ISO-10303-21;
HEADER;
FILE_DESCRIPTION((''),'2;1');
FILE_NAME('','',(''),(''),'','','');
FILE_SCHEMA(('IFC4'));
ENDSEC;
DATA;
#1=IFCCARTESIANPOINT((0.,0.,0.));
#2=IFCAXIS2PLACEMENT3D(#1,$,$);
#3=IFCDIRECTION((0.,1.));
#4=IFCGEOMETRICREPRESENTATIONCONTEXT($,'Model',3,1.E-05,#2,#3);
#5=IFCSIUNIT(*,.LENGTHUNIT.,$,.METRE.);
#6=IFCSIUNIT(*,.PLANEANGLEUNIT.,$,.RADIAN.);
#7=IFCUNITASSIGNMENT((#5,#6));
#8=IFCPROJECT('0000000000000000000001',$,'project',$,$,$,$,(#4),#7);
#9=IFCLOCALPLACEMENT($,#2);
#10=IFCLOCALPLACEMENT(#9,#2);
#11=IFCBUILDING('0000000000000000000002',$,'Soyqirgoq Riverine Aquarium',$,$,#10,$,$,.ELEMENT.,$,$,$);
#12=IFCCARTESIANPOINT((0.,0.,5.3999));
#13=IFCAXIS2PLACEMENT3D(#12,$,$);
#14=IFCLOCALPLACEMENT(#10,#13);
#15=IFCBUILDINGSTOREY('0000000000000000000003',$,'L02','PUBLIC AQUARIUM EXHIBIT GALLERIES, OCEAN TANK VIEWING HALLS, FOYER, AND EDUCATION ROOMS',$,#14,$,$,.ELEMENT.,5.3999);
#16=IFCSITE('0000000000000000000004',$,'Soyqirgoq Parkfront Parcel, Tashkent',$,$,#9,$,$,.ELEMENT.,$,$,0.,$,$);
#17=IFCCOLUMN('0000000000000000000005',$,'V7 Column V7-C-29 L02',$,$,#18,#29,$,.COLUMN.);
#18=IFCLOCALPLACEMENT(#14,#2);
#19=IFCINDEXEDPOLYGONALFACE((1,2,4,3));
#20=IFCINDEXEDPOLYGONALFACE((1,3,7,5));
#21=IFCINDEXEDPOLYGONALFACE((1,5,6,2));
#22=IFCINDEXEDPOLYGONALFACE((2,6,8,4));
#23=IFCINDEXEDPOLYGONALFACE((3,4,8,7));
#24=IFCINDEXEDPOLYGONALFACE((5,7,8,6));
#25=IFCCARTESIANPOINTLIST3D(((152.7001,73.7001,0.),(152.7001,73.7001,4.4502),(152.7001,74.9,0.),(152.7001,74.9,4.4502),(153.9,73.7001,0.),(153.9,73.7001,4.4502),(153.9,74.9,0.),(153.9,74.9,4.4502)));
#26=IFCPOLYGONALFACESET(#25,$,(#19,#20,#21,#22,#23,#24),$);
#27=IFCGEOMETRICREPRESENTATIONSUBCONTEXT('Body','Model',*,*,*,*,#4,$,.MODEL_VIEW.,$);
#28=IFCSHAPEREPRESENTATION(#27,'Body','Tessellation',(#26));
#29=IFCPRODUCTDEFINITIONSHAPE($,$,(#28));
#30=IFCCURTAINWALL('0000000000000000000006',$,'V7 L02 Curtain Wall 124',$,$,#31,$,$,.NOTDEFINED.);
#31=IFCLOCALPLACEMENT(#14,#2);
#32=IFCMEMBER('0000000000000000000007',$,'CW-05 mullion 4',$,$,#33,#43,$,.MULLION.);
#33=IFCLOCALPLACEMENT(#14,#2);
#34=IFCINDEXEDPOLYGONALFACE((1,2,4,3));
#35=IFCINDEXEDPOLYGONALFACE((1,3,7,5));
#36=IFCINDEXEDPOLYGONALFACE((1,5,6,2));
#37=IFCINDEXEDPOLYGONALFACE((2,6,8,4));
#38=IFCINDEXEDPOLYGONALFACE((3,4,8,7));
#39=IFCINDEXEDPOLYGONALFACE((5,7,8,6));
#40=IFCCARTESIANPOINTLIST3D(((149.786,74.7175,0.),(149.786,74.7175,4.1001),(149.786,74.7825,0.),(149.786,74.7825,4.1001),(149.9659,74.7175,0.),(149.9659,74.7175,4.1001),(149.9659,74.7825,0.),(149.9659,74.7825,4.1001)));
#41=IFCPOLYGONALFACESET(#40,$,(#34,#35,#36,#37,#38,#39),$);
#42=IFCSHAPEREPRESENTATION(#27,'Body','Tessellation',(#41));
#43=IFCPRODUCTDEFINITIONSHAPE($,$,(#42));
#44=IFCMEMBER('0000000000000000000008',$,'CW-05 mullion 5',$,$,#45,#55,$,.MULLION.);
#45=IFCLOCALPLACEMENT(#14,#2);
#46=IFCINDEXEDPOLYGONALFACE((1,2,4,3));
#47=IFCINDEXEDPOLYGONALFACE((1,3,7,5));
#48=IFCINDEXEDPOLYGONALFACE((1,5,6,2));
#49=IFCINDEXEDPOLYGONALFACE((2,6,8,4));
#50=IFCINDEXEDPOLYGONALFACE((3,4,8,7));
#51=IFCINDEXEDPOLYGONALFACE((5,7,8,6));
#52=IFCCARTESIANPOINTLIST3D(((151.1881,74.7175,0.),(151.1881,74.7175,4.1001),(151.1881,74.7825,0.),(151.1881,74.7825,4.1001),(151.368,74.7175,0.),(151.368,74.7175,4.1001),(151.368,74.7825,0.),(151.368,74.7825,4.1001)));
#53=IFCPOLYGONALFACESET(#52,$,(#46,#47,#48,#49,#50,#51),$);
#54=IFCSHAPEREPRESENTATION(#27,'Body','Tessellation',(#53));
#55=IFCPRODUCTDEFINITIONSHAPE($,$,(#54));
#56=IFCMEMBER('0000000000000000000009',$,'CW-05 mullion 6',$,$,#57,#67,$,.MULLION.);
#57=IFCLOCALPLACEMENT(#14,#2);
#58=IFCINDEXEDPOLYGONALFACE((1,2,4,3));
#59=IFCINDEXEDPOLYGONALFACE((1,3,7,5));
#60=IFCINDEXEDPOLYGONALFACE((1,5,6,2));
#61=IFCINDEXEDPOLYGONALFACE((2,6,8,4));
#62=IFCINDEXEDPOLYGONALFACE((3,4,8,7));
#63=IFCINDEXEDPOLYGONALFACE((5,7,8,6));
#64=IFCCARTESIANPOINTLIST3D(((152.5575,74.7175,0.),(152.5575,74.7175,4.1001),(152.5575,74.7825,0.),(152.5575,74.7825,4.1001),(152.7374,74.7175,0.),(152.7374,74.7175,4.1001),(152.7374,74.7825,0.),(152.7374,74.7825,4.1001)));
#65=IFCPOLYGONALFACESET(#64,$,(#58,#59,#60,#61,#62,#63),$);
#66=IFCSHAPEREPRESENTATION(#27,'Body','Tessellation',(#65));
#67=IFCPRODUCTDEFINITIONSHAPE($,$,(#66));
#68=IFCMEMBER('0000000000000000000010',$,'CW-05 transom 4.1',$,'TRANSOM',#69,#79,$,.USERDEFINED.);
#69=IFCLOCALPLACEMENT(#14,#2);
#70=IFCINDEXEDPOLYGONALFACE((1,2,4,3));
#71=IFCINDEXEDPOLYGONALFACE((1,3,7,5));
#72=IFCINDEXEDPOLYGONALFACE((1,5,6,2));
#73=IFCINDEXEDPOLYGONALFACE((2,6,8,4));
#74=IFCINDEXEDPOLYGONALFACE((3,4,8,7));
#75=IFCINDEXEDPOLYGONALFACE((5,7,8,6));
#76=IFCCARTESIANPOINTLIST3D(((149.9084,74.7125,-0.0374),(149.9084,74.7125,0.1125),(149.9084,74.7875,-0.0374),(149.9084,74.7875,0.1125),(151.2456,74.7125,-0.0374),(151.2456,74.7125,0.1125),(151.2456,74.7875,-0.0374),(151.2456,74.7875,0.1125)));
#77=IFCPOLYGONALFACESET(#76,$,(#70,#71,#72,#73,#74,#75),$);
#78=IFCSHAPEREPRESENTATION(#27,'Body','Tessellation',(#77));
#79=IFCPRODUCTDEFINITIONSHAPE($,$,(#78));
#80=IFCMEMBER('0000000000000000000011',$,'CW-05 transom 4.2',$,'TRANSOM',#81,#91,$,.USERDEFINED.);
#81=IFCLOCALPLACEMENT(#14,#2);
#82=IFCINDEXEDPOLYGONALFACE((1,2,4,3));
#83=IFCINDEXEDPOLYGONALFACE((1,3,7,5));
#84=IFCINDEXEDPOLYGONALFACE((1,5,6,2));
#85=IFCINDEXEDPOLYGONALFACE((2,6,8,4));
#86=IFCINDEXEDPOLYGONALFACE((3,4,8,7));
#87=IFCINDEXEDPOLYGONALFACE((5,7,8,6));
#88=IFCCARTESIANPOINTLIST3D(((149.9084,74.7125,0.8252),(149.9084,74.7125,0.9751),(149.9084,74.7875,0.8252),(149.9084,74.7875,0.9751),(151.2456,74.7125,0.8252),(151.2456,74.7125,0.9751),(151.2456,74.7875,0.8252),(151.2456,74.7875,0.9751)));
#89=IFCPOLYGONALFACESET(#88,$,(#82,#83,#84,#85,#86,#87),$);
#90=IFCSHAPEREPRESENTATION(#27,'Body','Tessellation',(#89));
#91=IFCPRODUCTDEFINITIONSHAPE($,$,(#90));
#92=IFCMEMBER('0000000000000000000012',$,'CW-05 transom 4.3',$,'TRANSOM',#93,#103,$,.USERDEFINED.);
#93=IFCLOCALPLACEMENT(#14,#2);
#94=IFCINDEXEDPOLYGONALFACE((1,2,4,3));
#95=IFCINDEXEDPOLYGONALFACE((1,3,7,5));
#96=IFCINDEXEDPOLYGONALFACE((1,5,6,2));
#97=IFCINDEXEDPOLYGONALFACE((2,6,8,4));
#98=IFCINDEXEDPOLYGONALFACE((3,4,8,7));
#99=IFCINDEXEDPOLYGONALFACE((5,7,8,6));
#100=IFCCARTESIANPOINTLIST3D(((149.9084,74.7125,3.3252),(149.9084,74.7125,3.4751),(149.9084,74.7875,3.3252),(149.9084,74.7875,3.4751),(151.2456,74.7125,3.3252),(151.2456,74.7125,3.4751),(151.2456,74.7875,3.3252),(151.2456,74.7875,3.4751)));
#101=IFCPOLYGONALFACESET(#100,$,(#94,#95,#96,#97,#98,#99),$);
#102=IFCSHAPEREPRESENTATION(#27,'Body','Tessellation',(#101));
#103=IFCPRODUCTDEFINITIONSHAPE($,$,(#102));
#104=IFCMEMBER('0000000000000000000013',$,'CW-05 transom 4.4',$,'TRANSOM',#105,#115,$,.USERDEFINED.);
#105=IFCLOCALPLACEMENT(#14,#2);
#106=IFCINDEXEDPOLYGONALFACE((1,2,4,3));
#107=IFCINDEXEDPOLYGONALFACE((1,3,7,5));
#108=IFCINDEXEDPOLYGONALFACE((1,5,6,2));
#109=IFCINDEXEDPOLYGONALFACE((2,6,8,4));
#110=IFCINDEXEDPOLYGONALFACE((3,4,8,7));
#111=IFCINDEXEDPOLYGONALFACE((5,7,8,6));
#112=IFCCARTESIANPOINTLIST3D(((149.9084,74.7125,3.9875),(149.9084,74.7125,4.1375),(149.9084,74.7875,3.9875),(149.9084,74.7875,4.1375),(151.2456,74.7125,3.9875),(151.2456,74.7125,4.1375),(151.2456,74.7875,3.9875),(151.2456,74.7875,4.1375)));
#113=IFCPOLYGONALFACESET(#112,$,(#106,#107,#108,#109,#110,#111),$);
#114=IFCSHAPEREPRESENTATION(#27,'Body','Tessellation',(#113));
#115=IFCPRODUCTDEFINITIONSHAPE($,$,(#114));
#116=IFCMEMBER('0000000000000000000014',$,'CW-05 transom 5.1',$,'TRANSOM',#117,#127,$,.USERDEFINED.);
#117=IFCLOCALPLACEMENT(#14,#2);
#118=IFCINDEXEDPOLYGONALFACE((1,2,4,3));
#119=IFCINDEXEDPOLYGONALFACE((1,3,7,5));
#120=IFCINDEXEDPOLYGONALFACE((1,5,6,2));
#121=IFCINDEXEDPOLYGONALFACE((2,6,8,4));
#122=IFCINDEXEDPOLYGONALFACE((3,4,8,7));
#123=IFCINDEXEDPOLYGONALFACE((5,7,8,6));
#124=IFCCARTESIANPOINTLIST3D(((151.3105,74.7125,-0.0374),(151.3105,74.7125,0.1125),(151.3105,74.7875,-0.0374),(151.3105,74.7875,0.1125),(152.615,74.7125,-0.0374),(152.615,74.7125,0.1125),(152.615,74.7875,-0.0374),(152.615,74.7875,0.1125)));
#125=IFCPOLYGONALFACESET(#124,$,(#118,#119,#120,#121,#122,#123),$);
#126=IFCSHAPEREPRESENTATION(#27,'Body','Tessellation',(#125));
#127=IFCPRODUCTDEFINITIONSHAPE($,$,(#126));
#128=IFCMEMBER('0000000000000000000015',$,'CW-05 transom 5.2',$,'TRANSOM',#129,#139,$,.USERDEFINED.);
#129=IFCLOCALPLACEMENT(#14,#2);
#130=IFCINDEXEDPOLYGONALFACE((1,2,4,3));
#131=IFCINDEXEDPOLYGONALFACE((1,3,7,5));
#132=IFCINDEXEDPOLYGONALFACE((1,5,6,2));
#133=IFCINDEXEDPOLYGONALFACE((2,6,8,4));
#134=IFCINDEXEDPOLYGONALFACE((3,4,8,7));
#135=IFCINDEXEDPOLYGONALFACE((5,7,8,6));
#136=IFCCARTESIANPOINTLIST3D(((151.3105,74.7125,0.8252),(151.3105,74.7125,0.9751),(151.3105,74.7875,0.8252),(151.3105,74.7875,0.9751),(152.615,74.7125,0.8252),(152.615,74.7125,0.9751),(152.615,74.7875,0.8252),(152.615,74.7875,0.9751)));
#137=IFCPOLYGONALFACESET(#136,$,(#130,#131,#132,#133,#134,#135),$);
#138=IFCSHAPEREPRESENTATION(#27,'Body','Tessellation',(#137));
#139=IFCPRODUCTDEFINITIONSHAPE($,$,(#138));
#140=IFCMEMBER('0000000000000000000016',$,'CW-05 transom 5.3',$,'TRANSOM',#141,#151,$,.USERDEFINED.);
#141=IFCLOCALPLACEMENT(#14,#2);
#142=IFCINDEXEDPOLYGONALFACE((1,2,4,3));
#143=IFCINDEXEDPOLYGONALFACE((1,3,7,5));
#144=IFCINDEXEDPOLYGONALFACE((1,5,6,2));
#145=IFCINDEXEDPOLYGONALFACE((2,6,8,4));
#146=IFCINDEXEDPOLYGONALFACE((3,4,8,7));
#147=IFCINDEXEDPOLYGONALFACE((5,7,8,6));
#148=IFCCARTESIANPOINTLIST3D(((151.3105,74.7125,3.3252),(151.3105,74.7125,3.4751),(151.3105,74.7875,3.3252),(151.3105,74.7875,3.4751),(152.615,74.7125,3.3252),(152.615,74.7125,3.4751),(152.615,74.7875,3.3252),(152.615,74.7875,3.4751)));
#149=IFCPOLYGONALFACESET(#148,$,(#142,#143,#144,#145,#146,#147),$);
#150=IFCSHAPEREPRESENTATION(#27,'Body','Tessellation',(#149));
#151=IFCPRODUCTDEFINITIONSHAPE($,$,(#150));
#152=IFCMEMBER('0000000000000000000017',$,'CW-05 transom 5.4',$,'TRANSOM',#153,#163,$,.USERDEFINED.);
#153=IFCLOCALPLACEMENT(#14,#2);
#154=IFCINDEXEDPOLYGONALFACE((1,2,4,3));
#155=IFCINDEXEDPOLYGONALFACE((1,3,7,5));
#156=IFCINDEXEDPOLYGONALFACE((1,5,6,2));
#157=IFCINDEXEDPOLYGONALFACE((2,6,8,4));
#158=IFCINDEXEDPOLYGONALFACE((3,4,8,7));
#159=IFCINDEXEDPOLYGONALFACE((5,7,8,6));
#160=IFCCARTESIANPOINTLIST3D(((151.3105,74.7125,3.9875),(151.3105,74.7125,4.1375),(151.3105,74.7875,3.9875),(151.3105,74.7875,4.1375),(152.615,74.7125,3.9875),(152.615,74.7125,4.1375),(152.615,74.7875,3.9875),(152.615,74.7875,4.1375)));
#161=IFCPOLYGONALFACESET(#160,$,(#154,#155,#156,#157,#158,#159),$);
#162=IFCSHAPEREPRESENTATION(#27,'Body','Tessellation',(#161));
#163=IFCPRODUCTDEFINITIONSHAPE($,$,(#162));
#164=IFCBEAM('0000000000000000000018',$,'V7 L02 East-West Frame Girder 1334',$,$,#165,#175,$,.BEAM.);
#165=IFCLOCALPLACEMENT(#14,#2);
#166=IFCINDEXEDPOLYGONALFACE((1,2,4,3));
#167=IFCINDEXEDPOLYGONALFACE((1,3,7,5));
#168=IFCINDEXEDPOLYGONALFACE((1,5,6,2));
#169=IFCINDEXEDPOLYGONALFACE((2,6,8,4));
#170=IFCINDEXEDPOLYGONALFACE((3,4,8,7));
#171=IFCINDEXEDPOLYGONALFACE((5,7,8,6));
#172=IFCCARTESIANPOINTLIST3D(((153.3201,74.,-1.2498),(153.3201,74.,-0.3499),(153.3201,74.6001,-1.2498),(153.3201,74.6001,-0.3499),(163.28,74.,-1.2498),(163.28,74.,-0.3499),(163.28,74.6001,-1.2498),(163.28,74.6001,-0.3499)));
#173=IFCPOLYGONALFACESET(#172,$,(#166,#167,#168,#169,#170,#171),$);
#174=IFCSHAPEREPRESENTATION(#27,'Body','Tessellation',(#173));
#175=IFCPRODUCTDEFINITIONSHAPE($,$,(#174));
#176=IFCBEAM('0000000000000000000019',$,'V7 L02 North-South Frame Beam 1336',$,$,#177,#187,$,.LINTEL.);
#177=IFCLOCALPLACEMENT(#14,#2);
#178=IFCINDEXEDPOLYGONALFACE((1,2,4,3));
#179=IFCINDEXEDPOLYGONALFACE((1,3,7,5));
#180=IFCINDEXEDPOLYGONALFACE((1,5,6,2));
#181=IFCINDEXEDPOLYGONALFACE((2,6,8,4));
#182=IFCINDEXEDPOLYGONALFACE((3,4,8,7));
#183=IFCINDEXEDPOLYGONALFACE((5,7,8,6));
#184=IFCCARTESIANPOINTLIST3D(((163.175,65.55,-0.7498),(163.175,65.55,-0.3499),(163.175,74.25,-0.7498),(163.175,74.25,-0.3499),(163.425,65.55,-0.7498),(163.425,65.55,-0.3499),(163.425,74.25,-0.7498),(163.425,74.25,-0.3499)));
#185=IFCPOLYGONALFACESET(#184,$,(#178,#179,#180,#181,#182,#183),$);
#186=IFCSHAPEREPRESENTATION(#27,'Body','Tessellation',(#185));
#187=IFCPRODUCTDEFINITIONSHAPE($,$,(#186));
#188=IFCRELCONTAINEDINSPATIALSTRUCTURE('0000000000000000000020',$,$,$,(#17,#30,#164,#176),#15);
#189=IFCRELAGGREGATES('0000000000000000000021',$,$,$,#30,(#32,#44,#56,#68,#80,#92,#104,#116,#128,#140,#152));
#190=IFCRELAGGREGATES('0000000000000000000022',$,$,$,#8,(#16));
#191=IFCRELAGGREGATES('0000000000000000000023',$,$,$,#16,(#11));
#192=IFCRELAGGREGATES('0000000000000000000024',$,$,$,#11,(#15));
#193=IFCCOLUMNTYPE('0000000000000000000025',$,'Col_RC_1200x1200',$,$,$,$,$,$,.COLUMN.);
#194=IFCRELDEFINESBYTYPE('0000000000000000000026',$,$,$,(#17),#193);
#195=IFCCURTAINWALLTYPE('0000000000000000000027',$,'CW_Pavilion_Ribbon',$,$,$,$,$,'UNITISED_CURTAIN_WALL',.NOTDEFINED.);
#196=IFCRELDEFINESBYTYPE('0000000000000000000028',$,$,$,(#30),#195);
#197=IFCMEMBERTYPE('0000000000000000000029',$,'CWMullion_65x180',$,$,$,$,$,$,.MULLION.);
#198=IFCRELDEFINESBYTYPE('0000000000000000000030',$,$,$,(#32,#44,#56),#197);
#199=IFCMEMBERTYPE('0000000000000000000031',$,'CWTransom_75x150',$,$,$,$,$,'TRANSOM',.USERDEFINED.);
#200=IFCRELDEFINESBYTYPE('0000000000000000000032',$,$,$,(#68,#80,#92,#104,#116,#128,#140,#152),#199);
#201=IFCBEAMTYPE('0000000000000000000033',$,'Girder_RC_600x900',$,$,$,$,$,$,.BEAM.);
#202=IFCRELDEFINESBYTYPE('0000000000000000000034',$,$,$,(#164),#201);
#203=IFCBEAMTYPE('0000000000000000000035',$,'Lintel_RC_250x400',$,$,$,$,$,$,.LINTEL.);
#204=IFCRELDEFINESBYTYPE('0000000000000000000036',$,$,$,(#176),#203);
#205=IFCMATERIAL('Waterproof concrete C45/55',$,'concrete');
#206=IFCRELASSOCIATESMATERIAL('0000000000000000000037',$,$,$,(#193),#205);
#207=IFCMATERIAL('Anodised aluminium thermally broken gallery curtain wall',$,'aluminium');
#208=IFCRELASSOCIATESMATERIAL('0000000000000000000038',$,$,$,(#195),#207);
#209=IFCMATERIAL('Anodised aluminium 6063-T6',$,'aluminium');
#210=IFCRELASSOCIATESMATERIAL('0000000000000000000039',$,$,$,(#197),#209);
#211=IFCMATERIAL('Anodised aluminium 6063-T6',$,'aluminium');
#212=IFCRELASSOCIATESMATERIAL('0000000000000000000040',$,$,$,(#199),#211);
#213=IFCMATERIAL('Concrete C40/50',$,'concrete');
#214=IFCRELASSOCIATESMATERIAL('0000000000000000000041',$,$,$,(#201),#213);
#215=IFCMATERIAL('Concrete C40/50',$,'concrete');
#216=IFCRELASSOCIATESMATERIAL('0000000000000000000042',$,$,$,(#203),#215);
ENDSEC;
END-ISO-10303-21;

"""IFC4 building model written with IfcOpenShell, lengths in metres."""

from ifc_helpers import new_model, si_unit, direction, frame, origin, origin_2d, place, context, subcontext, project, spatial, rectangle, extrude, material, material_profile, profile_set, type_object, element, aggregate, save


model = new_model("IFC4")

# Units and contexts
model_context = context("Model", 3, precision=1e-05, world=origin(), true_north=direction((0.0, 1.0)))
body_context = subcontext(model_context, "Body", "Model", "MODEL_VIEW")
ifc_project = project(units=[si_unit("LENGTHUNIT", "METRE"), si_unit("PLANEANGLEUNIT", "RADIAN")], contexts=[model_context])

# Site, building, storey
site_placement = place(None, origin())
site = spatial("IfcSite", under=ifc_project, at=site_placement, Name="Soyqirgoq Parkfront Parcel, Tashkent", CompositionType="ELEMENT", RefElevation=0.0)
building_placement = place(site_placement, origin())
building = spatial("IfcBuilding", under=site, at=building_placement, Name="Soyqirgoq Riverine Aquarium", CompositionType="ELEMENT")
storey_placement = place(building_placement, frame((0.0, 0.0, 5.3999)))
storey = spatial("IfcBuildingStorey", under=building, at=storey_placement, Name="L02", Description="PUBLIC AQUARIUM EXHIBIT GALLERIES, OCEAN TANK VIEWING HALLS, FOYER, AND EDUCATION ROOMS", CompositionType="ELEMENT", Elevation=5.3999)

# Column
ifc_material_1 = material(Name="Waterproof concrete C45/55", Category="concrete")
ifc_material_profile_1 = material_profile(ifc_material_1, rectangle(XDim=1.2, YDim=1.2, at=origin_2d()), Name="RC 1200x1200")
ifc_profile_set_1 = profile_set([ifc_material_profile_1], Name="Waterproof concrete C45/55")
column_type = type_object("IfcColumnType", Name="Col_RC_1200x1200", PredefinedType="COLUMN", material=ifc_profile_set_1)
column_placement = place(storey_placement, frame((153.3, 74.3, 0.0), z_axis=(0.0, 0.0, 1.0), x_axis=(1.0, 0.0, 0.0)))
element("IfcColumn", 1, at=column_placement, inside=storey, type_object=column_type, Name="V7 Column V7-C-29 L02", PredefinedType="COLUMN", context=body_context, shape_type="SweptSolid", body=[
    extrude(rectangle(XDim=1.2, YDim=1.2, at=origin_2d()), origin(), (0.0, 0.0, 1.0), 4.4502),
])

# Curtain wall, members
ifc_material_2 = material(Name="Anodised aluminium thermally broken gallery curtain wall", Category="aluminium")
curtain_wall_type = type_object("IfcCurtainWallType", Name="CW_Pavilion_Ribbon", ElementType="UNITISED_CURTAIN_WALL", PredefinedType="NOTDEFINED", material=ifc_material_2)
curtain_wall_placement = place(storey_placement, origin())
curtain_wall = element("IfcCurtainWall", 2, at=curtain_wall_placement, inside=storey, type_object=curtain_wall_type, Name="V7 L02 Curtain Wall 124", PredefinedType="NOTDEFINED")
ifc_material_3 = material(Name="Anodised aluminium 6063-T6", Category="aluminium")
ifc_material_profile_2 = material_profile(ifc_material_3, rectangle(XDim=0.0649, YDim=0.1799, at=origin_2d()), Name="ALU-M 65x180")
ifc_profile_set_2 = profile_set([ifc_material_profile_2], Name="Anodised aluminium 6063-T6")
member_type_1 = type_object("IfcMemberType", Name="CWMullion_65x180", PredefinedType="MULLION", material=ifc_profile_set_2)
member_1_placement = place(storey_placement, frame((149.876, 74.75, 0.0), z_axis=(0.0, 0.0, 1.0), x_axis=(0.0, 1.0, 0.0)))
member_1 = element("IfcMember", 3, at=member_1_placement, type_object=member_type_1, Name="CW-05 mullion 4", PredefinedType="MULLION", context=body_context, shape_type="SweptSolid", body=[
    extrude(rectangle(XDim=0.0649, YDim=0.1799, at=origin_2d()), origin(), (0.0, 0.0, 1.0), 4.1001),
])
member_2_placement = place(storey_placement, frame((151.2781, 74.75, 0.0), z_axis=(0.0, 0.0, 1.0), x_axis=(0.0, 1.0, 0.0)))
member_2 = element("IfcMember", 4, at=member_2_placement, type_object=member_type_1, Name="CW-05 mullion 5", PredefinedType="MULLION", context=body_context, shape_type="SweptSolid", body=[
    extrude(rectangle(XDim=0.0649, YDim=0.1799, at=origin_2d()), origin(), (0.0, 0.0, 1.0), 4.1001),
])
member_3_placement = place(storey_placement, frame((152.6475, 74.75, 0.0), z_axis=(0.0, 0.0, 1.0), x_axis=(0.0, 1.0, 0.0)))
member_3 = element("IfcMember", 5, at=member_3_placement, type_object=member_type_1, Name="CW-05 mullion 6", PredefinedType="MULLION", context=body_context, shape_type="SweptSolid", body=[
    extrude(rectangle(XDim=0.0649, YDim=0.1799, at=origin_2d()), origin(), (0.0, 0.0, 1.0), 4.1001),
])
ifc_material_4 = material(Name="Anodised aluminium 6063-T6", Category="aluminium")
ifc_material_profile_3 = material_profile(ifc_material_4, rectangle(XDim=0.075, YDim=0.1499, at=origin_2d()), Name="ALU-T 75x150")
ifc_profile_set_3 = profile_set([ifc_material_profile_3], Name="Anodised aluminium 6063-T6")
member_type_2 = type_object("IfcMemberType", Name="CWTransom_75x150", ElementType="TRANSOM", PredefinedType="USERDEFINED", material=ifc_profile_set_3)
member_4_placement = place(storey_placement, frame((149.9084, 74.75, 0.0376), z_axis=(1.0, 0.0, 0.0), x_axis=(0.0, 1.0, 0.0)))
member_4 = element("IfcMember", 6, at=member_4_placement, type_object=member_type_2, Name="CW-05 transom 4.1", ObjectType="TRANSOM", PredefinedType="USERDEFINED", context=body_context, shape_type="SweptSolid", body=[
    extrude(rectangle(XDim=0.075, YDim=0.1499, at=origin_2d()), origin(), (0.0, 0.0, 1.0), 1.3372),
])
member_5_placement = place(storey_placement, frame((149.9084, 74.75, 0.9001), z_axis=(1.0, 0.0, 0.0), x_axis=(0.0, 1.0, 0.0)))
member_5 = element("IfcMember", 7, at=member_5_placement, type_object=member_type_2, Name="CW-05 transom 4.2", ObjectType="TRANSOM", PredefinedType="USERDEFINED", context=body_context, shape_type="SweptSolid", body=[
    extrude(rectangle(XDim=0.075, YDim=0.1499, at=origin_2d()), origin(), (0.0, 0.0, 1.0), 1.3372),
])
member_6_placement = place(storey_placement, frame((149.9084, 74.75, 3.4001), z_axis=(1.0, 0.0, 0.0), x_axis=(0.0, 1.0, 0.0)))
member_6 = element("IfcMember", 8, at=member_6_placement, type_object=member_type_2, Name="CW-05 transom 4.3", ObjectType="TRANSOM", PredefinedType="USERDEFINED", context=body_context, shape_type="SweptSolid", body=[
    extrude(rectangle(XDim=0.075, YDim=0.1499, at=origin_2d()), origin(), (0.0, 0.0, 1.0), 1.3372),
])
member_7_placement = place(storey_placement, frame((149.9084, 74.75, 4.0625), z_axis=(1.0, 0.0, 0.0), x_axis=(0.0, 1.0, 0.0)))
member_7 = element("IfcMember", 9, at=member_7_placement, type_object=member_type_2, Name="CW-05 transom 4.4", ObjectType="TRANSOM", PredefinedType="USERDEFINED", context=body_context, shape_type="SweptSolid", body=[
    extrude(rectangle(XDim=0.075, YDim=0.1499, at=origin_2d()), origin(), (0.0, 0.0, 1.0), 1.3372),
])
member_8_placement = place(storey_placement, frame((151.3105, 74.75, 0.0376), z_axis=(1.0, 0.0, 0.0), x_axis=(0.0, 1.0, 0.0)))
member_8 = element("IfcMember", 10, at=member_8_placement, type_object=member_type_2, Name="CW-05 transom 5.1", ObjectType="TRANSOM", PredefinedType="USERDEFINED", context=body_context, shape_type="SweptSolid", body=[
    extrude(rectangle(XDim=0.075, YDim=0.1499, at=origin_2d()), origin(), (0.0, 0.0, 1.0), 1.3044),
])
member_9_placement = place(storey_placement, frame((151.3105, 74.75, 0.9001), z_axis=(1.0, 0.0, 0.0), x_axis=(0.0, 1.0, 0.0)))
member_9 = element("IfcMember", 11, at=member_9_placement, type_object=member_type_2, Name="CW-05 transom 5.2", ObjectType="TRANSOM", PredefinedType="USERDEFINED", context=body_context, shape_type="SweptSolid", body=[
    extrude(rectangle(XDim=0.075, YDim=0.1499, at=origin_2d()), origin(), (0.0, 0.0, 1.0), 1.3044),
])
member_10_placement = place(storey_placement, frame((151.3105, 74.75, 3.4001), z_axis=(1.0, 0.0, 0.0), x_axis=(0.0, 1.0, 0.0)))
member_10 = element("IfcMember", 12, at=member_10_placement, type_object=member_type_2, Name="CW-05 transom 5.3", ObjectType="TRANSOM", PredefinedType="USERDEFINED", context=body_context, shape_type="SweptSolid", body=[
    extrude(rectangle(XDim=0.075, YDim=0.1499, at=origin_2d()), origin(), (0.0, 0.0, 1.0), 1.3044),
])
member_11_placement = place(storey_placement, frame((151.3105, 74.75, 4.0625), z_axis=(1.0, 0.0, 0.0), x_axis=(0.0, 1.0, 0.0)))
member_11 = element("IfcMember", 13, at=member_11_placement, type_object=member_type_2, Name="CW-05 transom 5.4", ObjectType="TRANSOM", PredefinedType="USERDEFINED", context=body_context, shape_type="SweptSolid", body=[
    extrude(rectangle(XDim=0.075, YDim=0.1499, at=origin_2d()), origin(), (0.0, 0.0, 1.0), 1.3044),
])

# Beams
ifc_material_5 = material(Name="Concrete C40/50", Category="concrete")
ifc_material_profile_4 = material_profile(ifc_material_5, rectangle(XDim=0.6001, YDim=0.8999, at=origin_2d()), Name="RC 600x900")
ifc_profile_set_4 = profile_set([ifc_material_profile_4], Name="Concrete C40/50")
beam_type_1 = type_object("IfcBeamType", Name="Girder_RC_600x900", PredefinedType="BEAM", material=ifc_profile_set_4)
beam_1_placement = place(storey_placement, frame((153.3201, 74.3, -0.7998), z_axis=(1.0, 0.0, 0.0), x_axis=(0.0, 1.0, 0.0)))
element("IfcBeam", 14, at=beam_1_placement, inside=storey, type_object=beam_type_1, Name="V7 L02 East-West Frame Girder 1334", PredefinedType="BEAM", context=body_context, shape_type="SweptSolid", body=[
    extrude(rectangle(XDim=0.6001, YDim=0.8999, at=origin_2d()), origin(), (0.0, 0.0, 1.0), 9.96),
])
ifc_material_6 = material(Name="Concrete C40/50", Category="concrete")
ifc_material_profile_5 = material_profile(ifc_material_6, rectangle(XDim=0.25, YDim=0.3999, at=origin_2d()), Name="RC 250x400")
ifc_profile_set_5 = profile_set([ifc_material_profile_5], Name="Concrete C40/50")
beam_type_2 = type_object("IfcBeamType", Name="Lintel_RC_250x400", PredefinedType="LINTEL", material=ifc_profile_set_5)
beam_2_placement = place(storey_placement, frame((163.3, 65.55, -0.5498), z_axis=(0.0, 1.0, 0.0), x_axis=(-1.0, 0.0, 0.0)))
element("IfcBeam", 15, at=beam_2_placement, inside=storey, type_object=beam_type_2, Name="V7 L02 North-South Frame Beam 1336", PredefinedType="LINTEL", context=body_context, shape_type="SweptSolid", body=[
    extrude(rectangle(XDim=0.25, YDim=0.3999, at=origin_2d()), origin(), (0.0, 0.0, 1.0), 8.7),
])

aggregate(curtain_wall, [member_1, member_2, member_3, member_4, member_5, member_6, member_7, member_8, member_9, member_10, member_11])

save(model, "model.ifc")
